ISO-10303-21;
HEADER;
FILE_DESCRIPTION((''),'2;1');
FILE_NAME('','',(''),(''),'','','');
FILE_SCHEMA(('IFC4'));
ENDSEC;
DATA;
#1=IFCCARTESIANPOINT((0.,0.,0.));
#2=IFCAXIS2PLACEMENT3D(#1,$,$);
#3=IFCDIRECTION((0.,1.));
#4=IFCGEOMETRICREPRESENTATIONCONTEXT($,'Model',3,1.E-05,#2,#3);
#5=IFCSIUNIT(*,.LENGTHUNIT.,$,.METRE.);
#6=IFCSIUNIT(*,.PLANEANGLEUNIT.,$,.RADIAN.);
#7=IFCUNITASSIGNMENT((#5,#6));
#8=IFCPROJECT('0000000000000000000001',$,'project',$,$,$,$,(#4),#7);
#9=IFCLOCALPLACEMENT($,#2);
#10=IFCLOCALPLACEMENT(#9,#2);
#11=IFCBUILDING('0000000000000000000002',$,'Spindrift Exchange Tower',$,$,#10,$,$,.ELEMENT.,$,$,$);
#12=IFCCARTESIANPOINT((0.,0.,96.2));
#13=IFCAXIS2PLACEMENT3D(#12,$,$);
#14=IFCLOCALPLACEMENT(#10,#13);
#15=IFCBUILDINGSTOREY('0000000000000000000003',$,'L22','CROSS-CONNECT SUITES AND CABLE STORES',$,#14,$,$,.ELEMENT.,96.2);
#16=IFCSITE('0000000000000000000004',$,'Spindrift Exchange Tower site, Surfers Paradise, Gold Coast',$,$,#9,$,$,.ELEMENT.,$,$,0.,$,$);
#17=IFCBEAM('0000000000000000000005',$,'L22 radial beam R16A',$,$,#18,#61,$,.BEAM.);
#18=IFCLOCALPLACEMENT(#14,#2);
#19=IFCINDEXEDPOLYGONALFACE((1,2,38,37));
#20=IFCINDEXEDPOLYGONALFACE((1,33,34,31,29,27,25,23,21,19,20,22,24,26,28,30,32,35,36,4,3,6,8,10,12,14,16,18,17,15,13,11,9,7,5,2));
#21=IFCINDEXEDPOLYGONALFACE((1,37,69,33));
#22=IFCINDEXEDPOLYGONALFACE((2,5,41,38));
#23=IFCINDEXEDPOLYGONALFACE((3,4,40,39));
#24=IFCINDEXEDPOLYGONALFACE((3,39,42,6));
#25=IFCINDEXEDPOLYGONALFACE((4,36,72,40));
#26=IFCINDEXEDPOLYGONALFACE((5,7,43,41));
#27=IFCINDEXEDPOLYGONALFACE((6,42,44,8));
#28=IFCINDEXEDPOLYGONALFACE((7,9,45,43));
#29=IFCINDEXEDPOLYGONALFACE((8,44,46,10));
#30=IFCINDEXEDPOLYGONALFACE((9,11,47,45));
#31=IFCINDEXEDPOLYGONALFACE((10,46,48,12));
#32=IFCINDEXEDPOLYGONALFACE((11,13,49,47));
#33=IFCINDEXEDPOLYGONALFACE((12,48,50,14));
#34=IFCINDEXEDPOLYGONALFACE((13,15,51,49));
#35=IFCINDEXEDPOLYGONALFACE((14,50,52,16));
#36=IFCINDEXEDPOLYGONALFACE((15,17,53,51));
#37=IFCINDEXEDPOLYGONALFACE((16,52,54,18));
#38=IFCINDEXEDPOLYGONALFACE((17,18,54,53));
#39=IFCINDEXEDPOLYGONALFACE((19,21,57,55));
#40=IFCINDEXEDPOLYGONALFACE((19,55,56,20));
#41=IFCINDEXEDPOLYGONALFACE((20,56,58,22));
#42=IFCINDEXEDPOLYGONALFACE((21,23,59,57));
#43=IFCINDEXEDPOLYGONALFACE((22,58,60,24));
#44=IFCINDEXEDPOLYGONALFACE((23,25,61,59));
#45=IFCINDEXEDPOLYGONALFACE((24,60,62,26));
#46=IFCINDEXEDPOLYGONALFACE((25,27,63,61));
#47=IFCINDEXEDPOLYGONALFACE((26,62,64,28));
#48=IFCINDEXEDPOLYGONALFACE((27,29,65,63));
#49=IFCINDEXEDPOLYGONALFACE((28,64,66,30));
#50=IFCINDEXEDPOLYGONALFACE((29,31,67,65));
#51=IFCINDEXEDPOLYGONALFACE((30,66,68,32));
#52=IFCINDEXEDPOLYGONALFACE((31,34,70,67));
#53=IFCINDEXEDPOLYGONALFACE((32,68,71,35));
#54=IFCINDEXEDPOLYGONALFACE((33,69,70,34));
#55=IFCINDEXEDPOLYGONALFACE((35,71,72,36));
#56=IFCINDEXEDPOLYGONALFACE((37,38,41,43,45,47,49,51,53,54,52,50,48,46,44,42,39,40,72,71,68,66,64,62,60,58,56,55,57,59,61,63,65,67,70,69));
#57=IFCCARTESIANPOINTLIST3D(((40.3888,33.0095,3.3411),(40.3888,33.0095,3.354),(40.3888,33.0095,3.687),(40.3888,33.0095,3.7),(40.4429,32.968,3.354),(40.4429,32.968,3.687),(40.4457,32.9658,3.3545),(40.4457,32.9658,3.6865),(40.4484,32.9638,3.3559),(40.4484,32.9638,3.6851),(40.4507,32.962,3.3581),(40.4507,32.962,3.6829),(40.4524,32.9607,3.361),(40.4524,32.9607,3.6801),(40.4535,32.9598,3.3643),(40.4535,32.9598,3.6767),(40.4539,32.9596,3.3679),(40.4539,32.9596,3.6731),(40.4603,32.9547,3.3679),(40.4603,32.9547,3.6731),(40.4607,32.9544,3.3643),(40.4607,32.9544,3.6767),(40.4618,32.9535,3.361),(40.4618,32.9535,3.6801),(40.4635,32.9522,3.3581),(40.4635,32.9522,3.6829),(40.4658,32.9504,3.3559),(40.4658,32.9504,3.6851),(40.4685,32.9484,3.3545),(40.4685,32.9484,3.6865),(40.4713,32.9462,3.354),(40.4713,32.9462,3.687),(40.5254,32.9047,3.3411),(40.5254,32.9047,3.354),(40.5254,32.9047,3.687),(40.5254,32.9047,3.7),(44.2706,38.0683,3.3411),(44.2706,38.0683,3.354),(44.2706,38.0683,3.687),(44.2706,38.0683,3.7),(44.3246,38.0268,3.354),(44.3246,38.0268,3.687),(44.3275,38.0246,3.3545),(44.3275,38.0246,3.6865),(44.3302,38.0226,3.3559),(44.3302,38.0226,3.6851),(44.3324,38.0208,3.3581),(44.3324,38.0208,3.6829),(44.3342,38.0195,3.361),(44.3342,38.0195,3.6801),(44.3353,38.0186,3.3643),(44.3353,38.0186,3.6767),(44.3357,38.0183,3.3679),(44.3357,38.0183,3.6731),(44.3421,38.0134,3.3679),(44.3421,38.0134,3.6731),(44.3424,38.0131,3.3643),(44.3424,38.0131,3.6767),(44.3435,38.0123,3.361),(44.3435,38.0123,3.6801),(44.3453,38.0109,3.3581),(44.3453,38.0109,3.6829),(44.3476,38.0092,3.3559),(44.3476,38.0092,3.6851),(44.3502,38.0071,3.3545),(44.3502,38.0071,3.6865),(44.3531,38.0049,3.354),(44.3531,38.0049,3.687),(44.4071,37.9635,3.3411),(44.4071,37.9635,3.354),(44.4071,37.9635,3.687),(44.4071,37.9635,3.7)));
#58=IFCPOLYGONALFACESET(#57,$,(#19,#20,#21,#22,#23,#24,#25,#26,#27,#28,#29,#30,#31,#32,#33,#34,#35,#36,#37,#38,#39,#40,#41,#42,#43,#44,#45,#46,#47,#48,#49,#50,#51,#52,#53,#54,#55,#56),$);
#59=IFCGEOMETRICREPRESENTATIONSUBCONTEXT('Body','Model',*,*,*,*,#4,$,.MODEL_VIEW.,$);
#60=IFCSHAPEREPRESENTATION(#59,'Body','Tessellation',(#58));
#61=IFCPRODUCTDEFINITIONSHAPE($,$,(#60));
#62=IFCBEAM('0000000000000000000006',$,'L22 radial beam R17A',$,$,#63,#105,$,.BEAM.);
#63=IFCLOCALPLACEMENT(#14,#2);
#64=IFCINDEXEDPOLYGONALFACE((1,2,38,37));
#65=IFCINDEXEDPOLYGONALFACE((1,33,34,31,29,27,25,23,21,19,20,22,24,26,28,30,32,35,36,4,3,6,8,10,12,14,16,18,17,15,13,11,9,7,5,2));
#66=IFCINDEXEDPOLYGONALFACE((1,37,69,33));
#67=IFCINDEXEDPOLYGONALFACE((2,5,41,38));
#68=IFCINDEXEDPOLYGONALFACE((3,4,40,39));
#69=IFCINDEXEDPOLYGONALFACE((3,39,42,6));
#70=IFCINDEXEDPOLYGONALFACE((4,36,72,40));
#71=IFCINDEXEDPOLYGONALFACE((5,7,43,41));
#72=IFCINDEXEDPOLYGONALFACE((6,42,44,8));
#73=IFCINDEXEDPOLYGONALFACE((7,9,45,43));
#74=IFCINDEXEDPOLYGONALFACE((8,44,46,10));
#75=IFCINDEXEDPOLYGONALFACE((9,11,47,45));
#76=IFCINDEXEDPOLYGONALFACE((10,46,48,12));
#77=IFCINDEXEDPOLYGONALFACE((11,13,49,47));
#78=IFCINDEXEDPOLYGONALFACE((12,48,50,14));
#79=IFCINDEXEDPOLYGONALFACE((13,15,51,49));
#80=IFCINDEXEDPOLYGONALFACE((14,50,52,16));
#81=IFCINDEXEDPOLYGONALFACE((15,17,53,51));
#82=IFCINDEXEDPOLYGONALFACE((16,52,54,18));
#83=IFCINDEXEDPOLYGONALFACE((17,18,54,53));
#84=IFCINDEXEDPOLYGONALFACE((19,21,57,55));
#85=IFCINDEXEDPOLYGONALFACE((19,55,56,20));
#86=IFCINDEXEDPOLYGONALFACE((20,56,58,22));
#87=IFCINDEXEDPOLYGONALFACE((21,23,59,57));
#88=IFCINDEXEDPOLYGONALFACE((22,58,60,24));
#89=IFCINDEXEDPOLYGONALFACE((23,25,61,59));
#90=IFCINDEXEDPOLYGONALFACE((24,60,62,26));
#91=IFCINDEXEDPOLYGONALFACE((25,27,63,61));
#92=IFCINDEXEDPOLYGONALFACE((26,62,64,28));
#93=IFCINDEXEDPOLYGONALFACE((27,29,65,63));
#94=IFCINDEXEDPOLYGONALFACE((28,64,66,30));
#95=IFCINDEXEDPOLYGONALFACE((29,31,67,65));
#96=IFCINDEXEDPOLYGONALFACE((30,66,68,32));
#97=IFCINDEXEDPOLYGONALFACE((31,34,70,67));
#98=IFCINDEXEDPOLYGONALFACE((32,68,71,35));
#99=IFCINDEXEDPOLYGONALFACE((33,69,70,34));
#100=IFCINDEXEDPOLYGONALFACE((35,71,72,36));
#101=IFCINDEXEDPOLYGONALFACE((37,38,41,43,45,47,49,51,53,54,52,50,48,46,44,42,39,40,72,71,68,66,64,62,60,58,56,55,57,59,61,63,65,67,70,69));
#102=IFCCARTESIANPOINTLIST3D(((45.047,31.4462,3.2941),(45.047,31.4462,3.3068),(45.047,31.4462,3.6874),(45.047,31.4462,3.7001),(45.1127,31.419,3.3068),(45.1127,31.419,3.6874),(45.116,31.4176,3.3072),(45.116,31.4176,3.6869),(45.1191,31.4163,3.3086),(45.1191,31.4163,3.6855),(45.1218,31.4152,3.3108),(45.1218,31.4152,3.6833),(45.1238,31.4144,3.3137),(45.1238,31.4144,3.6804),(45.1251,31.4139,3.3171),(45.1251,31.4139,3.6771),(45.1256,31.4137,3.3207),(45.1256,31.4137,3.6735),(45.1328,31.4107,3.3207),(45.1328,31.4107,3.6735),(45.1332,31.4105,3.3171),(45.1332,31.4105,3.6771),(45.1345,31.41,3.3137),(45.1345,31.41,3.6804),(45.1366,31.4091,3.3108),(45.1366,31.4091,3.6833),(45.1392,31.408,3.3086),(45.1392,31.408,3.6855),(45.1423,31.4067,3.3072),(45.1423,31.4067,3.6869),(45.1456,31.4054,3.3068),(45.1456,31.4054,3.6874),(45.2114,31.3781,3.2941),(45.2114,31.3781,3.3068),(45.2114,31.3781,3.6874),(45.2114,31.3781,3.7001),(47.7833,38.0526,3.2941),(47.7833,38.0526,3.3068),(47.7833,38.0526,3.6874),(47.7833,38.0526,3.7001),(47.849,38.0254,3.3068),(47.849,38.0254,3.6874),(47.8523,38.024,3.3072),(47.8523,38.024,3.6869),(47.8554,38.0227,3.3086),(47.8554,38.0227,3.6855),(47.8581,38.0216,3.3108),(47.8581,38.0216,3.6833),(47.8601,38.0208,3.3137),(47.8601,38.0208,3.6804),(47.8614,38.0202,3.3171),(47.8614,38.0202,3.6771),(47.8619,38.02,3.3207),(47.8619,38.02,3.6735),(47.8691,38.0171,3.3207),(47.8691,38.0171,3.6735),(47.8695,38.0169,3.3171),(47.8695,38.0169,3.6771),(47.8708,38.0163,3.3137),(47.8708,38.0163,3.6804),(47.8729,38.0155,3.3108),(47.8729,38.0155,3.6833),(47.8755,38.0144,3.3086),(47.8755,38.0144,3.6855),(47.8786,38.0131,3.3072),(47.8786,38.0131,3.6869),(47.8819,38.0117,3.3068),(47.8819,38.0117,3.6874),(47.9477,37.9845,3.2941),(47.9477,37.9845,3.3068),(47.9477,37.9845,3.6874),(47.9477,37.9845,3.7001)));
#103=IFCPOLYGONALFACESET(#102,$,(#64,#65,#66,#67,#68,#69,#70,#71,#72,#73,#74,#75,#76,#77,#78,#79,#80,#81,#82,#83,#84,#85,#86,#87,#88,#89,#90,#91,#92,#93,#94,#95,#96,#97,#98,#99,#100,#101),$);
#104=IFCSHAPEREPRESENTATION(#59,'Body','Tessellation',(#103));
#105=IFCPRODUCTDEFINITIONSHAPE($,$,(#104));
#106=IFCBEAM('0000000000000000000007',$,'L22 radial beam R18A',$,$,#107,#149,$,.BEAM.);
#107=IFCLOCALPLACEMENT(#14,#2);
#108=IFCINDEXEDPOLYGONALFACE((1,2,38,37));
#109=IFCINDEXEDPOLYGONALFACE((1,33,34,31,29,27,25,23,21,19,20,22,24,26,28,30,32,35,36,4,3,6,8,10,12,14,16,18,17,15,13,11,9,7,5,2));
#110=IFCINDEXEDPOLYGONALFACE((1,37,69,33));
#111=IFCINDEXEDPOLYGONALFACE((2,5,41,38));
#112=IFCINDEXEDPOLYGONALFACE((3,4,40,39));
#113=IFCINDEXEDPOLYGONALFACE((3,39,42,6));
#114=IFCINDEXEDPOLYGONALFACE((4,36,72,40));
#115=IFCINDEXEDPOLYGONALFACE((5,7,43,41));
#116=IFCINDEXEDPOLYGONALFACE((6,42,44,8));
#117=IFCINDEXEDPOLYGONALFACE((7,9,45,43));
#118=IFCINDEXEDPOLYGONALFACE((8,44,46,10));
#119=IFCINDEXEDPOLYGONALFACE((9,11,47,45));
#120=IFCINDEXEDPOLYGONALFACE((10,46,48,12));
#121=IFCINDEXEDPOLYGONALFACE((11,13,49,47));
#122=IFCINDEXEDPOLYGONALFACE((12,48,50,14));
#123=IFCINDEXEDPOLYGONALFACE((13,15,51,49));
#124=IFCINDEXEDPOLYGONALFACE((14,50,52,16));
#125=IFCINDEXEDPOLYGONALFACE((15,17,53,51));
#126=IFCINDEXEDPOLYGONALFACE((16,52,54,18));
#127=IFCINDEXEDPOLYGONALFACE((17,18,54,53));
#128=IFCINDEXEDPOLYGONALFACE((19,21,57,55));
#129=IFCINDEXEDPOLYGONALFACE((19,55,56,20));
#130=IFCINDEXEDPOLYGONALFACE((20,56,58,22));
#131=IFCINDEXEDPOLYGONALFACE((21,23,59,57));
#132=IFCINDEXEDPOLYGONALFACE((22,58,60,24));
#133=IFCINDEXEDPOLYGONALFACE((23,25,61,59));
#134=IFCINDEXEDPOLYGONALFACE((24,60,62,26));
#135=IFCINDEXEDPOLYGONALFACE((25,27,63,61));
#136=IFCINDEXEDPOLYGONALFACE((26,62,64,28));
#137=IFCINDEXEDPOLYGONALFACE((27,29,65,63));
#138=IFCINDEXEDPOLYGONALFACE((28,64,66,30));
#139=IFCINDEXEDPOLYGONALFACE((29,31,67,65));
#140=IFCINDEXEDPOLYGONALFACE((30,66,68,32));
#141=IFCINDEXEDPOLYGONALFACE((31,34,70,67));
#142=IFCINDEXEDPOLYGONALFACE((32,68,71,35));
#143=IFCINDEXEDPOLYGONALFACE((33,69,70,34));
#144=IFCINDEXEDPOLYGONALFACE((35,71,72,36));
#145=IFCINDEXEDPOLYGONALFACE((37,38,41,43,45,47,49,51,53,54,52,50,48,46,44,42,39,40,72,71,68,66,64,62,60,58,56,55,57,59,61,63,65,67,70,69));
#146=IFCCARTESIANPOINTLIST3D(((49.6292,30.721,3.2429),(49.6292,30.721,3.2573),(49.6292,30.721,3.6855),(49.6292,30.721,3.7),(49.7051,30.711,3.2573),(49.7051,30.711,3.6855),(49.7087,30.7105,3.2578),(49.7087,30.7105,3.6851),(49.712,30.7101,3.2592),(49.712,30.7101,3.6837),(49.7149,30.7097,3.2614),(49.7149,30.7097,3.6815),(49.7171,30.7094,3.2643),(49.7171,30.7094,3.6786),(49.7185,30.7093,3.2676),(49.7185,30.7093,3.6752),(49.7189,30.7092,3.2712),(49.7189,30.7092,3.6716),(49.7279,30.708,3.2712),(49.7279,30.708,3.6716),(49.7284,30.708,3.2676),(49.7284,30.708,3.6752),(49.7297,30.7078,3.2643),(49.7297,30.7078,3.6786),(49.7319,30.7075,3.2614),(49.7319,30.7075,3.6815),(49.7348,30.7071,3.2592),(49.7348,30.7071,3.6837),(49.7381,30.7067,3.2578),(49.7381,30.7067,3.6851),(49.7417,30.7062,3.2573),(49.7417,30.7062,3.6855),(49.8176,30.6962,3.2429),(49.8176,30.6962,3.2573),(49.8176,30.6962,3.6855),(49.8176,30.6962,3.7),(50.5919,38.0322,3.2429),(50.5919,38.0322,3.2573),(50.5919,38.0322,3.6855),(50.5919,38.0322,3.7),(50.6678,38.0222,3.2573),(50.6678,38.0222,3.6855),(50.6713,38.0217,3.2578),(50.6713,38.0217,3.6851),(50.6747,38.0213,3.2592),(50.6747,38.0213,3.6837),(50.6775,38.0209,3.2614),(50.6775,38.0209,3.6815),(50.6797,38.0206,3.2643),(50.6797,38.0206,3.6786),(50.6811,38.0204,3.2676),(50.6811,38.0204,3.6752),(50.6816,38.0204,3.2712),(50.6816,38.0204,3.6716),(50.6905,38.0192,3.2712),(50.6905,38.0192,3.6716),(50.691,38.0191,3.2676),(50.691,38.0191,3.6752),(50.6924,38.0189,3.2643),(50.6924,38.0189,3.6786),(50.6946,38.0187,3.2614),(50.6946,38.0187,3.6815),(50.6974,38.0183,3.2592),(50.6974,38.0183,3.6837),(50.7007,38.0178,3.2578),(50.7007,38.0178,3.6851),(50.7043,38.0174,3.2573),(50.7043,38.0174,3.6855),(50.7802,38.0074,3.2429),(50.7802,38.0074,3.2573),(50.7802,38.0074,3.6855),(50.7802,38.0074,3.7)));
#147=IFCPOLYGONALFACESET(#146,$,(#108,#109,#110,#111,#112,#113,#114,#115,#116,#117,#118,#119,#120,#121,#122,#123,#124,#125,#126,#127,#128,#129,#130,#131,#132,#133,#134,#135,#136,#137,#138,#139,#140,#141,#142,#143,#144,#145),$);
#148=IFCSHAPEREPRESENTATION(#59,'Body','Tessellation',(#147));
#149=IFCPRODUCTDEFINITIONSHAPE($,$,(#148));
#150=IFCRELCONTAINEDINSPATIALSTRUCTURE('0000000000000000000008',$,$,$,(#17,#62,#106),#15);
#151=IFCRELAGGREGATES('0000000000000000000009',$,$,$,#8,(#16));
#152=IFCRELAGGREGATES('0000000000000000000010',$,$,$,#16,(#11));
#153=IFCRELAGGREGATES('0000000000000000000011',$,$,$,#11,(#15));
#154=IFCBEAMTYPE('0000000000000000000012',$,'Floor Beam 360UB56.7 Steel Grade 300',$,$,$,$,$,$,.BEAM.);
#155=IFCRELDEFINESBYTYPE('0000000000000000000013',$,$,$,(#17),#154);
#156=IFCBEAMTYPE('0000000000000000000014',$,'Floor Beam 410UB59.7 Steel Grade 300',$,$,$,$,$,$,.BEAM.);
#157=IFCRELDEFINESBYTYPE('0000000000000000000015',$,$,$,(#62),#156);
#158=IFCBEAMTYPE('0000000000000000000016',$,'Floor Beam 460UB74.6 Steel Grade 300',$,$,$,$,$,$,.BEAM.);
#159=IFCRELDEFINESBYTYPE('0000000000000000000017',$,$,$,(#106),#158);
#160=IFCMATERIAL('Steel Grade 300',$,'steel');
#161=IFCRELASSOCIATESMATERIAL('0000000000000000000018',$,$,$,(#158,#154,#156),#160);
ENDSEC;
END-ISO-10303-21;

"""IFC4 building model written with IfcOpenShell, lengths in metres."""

from ifc_helpers import new_model, si_unit, direction, frame, origin, origin_2d, place, context, subcontext, project, spatial, i_section, extrude, source, transform, mapped, material, material_profile, profile_set, type_object, element, save


model = new_model("IFC4")

# Units and contexts
model_context = context("Model", 3, precision=1e-05, world=origin(), true_north=direction((0.0, 1.0)))
body_context = subcontext(model_context, "Body", "Model", "MODEL_VIEW")
ifc_project = project(units=[si_unit("LENGTHUNIT", "METRE"), si_unit("PLANEANGLEUNIT", "RADIAN")], contexts=[model_context])

# Site, building, storey
site_placement = place(None, origin())
site = spatial("IfcSite", under=ifc_project, at=site_placement, Name="Spindrift Exchange Tower site, Surfers Paradise, Gold Coast", CompositionType="ELEMENT", RefElevation=0.0)
building_placement = place(site_placement, origin())
building = spatial("IfcBuilding", under=site, at=building_placement, Name="Spindrift Exchange Tower", CompositionType="ELEMENT")
storey_placement = place(building_placement, frame((0.0, 0.0, 96.2)))
storey = spatial("IfcBuildingStorey", under=building, at=storey_placement, Name="L22", Description="CROSS-CONNECT SUITES AND CABLE STORES", CompositionType="ELEMENT", Elevation=96.2)

# Beams
ifc_material_1 = material(Name="Steel Grade 300", Category="steel")
ifc_material_profile_1 = material_profile(ifc_material_1, i_section(OverallWidth=0.1899, OverallDepth=0.457, WebThickness=0.009, FlangeThickness=0.0144, FilletRadius=0.0139, at=origin_2d()), Name="460UB74.6")
ifc_profile_set_1 = profile_set([ifc_material_profile_1], Name="Steel Grade 300")
beam_type_1 = type_object("IfcBeamType", Name="Floor Beam 460UB74.6 Steel Grade 300", PredefinedType="BEAM", material=ifc_profile_set_1)
ifc_material_profile_2 = material_profile(ifc_material_1, i_section(OverallWidth=0.1721, OverallDepth=0.3589, WebThickness=0.0081, FlangeThickness=0.0129, FilletRadius=0.0139, at=origin_2d()), Name="360UB56.7")
ifc_profile_set_2 = profile_set([ifc_material_profile_2], Name="Steel Grade 300")
beam_type_2 = type_object("IfcBeamType", Name="Floor Beam 360UB56.7 Steel Grade 300", PredefinedType="BEAM", material=ifc_profile_set_2)
shared_shape_1 = source(origin(), body_context, "Body", "SweptSolid", [
    extrude(i_section(OverallWidth=0.1721, OverallDepth=0.3589, WebThickness=0.0081, FlangeThickness=0.0129, FilletRadius=0.0139, at=origin_2d()), origin(), (0.0, 0.0, 1.0), 6.3765),
])
beam_1_placement = place(storey_placement, frame((44.3389, 38.0159, 3.5205), z_axis=(-0.608767, -0.793349, 0.0), x_axis=(0.793349, -0.608767, 0.0)))
element("IfcBeam", 1, at=beam_1_placement, inside=storey, type_object=beam_type_2, Name="L22 radial beam R16A", PredefinedType="BEAM", context=body_context, shape_type="MappedRepresentation", body=[
    mapped(shared_shape_1, transform((0.0, 0.0, 0.0), scale=1.0)),
])
ifc_material_profile_3 = material_profile(ifc_material_1, i_section(OverallWidth=0.178, OverallDepth=0.406, WebThickness=0.0078, FlangeThickness=0.0127, FilletRadius=0.0139, at=origin_2d()), Name="410UB59.7")
ifc_profile_set_3 = profile_set([ifc_material_profile_3], Name="Steel Grade 300")
beam_type_3 = type_object("IfcBeamType", Name="Floor Beam 410UB59.7 Steel Grade 300", PredefinedType="BEAM", material=ifc_profile_set_3)
shared_shape_2 = source(origin(), body_context, "Body", "SweptSolid", [
    extrude(i_section(OverallWidth=0.178, OverallDepth=0.406, WebThickness=0.0078, FlangeThickness=0.0127, FilletRadius=0.0139, at=origin_2d()), origin(), (0.0, 0.0, 1.0), 7.1506),
])
beam_2_placement = place(storey_placement, frame((47.8655, 38.0186, 3.4971), z_axis=(-0.382665, -0.923887, 0.0), x_axis=(0.923887, -0.382665, 0.0)))
element("IfcBeam", 2, at=beam_2_placement, inside=storey, type_object=beam_type_3, Name="L22 radial beam R17A", PredefinedType="BEAM", context=body_context, shape_type="MappedRepresentation", body=[
    mapped(shared_shape_2, transform((0.0, 0.0, 0.0), scale=1.0)),
])
shared_shape_3 = source(origin(), body_context, "Body", "SweptSolid", [
    extrude(i_section(OverallWidth=0.1899, OverallDepth=0.457, WebThickness=0.009, FlangeThickness=0.0144, FilletRadius=0.0139, at=origin_2d()), origin(), (0.0, 0.0, 1.0), 7.3743),
])
beam_3_placement = place(storey_placement, frame((50.686, 38.0198, 3.4714), z_axis=(-0.130539, -0.991443, 0.0), x_axis=(0.991443, -0.130539, 0.0)))
element("IfcBeam", 3, at=beam_3_placement, inside=storey, type_object=beam_type_1, Name="L22 radial beam R18A", PredefinedType="BEAM", context=body_context, shape_type="MappedRepresentation", body=[
    mapped(shared_shape_3, transform((0.0, 0.0, 0.0), scale=1.0)),
])

save(model, "model.ifc")
